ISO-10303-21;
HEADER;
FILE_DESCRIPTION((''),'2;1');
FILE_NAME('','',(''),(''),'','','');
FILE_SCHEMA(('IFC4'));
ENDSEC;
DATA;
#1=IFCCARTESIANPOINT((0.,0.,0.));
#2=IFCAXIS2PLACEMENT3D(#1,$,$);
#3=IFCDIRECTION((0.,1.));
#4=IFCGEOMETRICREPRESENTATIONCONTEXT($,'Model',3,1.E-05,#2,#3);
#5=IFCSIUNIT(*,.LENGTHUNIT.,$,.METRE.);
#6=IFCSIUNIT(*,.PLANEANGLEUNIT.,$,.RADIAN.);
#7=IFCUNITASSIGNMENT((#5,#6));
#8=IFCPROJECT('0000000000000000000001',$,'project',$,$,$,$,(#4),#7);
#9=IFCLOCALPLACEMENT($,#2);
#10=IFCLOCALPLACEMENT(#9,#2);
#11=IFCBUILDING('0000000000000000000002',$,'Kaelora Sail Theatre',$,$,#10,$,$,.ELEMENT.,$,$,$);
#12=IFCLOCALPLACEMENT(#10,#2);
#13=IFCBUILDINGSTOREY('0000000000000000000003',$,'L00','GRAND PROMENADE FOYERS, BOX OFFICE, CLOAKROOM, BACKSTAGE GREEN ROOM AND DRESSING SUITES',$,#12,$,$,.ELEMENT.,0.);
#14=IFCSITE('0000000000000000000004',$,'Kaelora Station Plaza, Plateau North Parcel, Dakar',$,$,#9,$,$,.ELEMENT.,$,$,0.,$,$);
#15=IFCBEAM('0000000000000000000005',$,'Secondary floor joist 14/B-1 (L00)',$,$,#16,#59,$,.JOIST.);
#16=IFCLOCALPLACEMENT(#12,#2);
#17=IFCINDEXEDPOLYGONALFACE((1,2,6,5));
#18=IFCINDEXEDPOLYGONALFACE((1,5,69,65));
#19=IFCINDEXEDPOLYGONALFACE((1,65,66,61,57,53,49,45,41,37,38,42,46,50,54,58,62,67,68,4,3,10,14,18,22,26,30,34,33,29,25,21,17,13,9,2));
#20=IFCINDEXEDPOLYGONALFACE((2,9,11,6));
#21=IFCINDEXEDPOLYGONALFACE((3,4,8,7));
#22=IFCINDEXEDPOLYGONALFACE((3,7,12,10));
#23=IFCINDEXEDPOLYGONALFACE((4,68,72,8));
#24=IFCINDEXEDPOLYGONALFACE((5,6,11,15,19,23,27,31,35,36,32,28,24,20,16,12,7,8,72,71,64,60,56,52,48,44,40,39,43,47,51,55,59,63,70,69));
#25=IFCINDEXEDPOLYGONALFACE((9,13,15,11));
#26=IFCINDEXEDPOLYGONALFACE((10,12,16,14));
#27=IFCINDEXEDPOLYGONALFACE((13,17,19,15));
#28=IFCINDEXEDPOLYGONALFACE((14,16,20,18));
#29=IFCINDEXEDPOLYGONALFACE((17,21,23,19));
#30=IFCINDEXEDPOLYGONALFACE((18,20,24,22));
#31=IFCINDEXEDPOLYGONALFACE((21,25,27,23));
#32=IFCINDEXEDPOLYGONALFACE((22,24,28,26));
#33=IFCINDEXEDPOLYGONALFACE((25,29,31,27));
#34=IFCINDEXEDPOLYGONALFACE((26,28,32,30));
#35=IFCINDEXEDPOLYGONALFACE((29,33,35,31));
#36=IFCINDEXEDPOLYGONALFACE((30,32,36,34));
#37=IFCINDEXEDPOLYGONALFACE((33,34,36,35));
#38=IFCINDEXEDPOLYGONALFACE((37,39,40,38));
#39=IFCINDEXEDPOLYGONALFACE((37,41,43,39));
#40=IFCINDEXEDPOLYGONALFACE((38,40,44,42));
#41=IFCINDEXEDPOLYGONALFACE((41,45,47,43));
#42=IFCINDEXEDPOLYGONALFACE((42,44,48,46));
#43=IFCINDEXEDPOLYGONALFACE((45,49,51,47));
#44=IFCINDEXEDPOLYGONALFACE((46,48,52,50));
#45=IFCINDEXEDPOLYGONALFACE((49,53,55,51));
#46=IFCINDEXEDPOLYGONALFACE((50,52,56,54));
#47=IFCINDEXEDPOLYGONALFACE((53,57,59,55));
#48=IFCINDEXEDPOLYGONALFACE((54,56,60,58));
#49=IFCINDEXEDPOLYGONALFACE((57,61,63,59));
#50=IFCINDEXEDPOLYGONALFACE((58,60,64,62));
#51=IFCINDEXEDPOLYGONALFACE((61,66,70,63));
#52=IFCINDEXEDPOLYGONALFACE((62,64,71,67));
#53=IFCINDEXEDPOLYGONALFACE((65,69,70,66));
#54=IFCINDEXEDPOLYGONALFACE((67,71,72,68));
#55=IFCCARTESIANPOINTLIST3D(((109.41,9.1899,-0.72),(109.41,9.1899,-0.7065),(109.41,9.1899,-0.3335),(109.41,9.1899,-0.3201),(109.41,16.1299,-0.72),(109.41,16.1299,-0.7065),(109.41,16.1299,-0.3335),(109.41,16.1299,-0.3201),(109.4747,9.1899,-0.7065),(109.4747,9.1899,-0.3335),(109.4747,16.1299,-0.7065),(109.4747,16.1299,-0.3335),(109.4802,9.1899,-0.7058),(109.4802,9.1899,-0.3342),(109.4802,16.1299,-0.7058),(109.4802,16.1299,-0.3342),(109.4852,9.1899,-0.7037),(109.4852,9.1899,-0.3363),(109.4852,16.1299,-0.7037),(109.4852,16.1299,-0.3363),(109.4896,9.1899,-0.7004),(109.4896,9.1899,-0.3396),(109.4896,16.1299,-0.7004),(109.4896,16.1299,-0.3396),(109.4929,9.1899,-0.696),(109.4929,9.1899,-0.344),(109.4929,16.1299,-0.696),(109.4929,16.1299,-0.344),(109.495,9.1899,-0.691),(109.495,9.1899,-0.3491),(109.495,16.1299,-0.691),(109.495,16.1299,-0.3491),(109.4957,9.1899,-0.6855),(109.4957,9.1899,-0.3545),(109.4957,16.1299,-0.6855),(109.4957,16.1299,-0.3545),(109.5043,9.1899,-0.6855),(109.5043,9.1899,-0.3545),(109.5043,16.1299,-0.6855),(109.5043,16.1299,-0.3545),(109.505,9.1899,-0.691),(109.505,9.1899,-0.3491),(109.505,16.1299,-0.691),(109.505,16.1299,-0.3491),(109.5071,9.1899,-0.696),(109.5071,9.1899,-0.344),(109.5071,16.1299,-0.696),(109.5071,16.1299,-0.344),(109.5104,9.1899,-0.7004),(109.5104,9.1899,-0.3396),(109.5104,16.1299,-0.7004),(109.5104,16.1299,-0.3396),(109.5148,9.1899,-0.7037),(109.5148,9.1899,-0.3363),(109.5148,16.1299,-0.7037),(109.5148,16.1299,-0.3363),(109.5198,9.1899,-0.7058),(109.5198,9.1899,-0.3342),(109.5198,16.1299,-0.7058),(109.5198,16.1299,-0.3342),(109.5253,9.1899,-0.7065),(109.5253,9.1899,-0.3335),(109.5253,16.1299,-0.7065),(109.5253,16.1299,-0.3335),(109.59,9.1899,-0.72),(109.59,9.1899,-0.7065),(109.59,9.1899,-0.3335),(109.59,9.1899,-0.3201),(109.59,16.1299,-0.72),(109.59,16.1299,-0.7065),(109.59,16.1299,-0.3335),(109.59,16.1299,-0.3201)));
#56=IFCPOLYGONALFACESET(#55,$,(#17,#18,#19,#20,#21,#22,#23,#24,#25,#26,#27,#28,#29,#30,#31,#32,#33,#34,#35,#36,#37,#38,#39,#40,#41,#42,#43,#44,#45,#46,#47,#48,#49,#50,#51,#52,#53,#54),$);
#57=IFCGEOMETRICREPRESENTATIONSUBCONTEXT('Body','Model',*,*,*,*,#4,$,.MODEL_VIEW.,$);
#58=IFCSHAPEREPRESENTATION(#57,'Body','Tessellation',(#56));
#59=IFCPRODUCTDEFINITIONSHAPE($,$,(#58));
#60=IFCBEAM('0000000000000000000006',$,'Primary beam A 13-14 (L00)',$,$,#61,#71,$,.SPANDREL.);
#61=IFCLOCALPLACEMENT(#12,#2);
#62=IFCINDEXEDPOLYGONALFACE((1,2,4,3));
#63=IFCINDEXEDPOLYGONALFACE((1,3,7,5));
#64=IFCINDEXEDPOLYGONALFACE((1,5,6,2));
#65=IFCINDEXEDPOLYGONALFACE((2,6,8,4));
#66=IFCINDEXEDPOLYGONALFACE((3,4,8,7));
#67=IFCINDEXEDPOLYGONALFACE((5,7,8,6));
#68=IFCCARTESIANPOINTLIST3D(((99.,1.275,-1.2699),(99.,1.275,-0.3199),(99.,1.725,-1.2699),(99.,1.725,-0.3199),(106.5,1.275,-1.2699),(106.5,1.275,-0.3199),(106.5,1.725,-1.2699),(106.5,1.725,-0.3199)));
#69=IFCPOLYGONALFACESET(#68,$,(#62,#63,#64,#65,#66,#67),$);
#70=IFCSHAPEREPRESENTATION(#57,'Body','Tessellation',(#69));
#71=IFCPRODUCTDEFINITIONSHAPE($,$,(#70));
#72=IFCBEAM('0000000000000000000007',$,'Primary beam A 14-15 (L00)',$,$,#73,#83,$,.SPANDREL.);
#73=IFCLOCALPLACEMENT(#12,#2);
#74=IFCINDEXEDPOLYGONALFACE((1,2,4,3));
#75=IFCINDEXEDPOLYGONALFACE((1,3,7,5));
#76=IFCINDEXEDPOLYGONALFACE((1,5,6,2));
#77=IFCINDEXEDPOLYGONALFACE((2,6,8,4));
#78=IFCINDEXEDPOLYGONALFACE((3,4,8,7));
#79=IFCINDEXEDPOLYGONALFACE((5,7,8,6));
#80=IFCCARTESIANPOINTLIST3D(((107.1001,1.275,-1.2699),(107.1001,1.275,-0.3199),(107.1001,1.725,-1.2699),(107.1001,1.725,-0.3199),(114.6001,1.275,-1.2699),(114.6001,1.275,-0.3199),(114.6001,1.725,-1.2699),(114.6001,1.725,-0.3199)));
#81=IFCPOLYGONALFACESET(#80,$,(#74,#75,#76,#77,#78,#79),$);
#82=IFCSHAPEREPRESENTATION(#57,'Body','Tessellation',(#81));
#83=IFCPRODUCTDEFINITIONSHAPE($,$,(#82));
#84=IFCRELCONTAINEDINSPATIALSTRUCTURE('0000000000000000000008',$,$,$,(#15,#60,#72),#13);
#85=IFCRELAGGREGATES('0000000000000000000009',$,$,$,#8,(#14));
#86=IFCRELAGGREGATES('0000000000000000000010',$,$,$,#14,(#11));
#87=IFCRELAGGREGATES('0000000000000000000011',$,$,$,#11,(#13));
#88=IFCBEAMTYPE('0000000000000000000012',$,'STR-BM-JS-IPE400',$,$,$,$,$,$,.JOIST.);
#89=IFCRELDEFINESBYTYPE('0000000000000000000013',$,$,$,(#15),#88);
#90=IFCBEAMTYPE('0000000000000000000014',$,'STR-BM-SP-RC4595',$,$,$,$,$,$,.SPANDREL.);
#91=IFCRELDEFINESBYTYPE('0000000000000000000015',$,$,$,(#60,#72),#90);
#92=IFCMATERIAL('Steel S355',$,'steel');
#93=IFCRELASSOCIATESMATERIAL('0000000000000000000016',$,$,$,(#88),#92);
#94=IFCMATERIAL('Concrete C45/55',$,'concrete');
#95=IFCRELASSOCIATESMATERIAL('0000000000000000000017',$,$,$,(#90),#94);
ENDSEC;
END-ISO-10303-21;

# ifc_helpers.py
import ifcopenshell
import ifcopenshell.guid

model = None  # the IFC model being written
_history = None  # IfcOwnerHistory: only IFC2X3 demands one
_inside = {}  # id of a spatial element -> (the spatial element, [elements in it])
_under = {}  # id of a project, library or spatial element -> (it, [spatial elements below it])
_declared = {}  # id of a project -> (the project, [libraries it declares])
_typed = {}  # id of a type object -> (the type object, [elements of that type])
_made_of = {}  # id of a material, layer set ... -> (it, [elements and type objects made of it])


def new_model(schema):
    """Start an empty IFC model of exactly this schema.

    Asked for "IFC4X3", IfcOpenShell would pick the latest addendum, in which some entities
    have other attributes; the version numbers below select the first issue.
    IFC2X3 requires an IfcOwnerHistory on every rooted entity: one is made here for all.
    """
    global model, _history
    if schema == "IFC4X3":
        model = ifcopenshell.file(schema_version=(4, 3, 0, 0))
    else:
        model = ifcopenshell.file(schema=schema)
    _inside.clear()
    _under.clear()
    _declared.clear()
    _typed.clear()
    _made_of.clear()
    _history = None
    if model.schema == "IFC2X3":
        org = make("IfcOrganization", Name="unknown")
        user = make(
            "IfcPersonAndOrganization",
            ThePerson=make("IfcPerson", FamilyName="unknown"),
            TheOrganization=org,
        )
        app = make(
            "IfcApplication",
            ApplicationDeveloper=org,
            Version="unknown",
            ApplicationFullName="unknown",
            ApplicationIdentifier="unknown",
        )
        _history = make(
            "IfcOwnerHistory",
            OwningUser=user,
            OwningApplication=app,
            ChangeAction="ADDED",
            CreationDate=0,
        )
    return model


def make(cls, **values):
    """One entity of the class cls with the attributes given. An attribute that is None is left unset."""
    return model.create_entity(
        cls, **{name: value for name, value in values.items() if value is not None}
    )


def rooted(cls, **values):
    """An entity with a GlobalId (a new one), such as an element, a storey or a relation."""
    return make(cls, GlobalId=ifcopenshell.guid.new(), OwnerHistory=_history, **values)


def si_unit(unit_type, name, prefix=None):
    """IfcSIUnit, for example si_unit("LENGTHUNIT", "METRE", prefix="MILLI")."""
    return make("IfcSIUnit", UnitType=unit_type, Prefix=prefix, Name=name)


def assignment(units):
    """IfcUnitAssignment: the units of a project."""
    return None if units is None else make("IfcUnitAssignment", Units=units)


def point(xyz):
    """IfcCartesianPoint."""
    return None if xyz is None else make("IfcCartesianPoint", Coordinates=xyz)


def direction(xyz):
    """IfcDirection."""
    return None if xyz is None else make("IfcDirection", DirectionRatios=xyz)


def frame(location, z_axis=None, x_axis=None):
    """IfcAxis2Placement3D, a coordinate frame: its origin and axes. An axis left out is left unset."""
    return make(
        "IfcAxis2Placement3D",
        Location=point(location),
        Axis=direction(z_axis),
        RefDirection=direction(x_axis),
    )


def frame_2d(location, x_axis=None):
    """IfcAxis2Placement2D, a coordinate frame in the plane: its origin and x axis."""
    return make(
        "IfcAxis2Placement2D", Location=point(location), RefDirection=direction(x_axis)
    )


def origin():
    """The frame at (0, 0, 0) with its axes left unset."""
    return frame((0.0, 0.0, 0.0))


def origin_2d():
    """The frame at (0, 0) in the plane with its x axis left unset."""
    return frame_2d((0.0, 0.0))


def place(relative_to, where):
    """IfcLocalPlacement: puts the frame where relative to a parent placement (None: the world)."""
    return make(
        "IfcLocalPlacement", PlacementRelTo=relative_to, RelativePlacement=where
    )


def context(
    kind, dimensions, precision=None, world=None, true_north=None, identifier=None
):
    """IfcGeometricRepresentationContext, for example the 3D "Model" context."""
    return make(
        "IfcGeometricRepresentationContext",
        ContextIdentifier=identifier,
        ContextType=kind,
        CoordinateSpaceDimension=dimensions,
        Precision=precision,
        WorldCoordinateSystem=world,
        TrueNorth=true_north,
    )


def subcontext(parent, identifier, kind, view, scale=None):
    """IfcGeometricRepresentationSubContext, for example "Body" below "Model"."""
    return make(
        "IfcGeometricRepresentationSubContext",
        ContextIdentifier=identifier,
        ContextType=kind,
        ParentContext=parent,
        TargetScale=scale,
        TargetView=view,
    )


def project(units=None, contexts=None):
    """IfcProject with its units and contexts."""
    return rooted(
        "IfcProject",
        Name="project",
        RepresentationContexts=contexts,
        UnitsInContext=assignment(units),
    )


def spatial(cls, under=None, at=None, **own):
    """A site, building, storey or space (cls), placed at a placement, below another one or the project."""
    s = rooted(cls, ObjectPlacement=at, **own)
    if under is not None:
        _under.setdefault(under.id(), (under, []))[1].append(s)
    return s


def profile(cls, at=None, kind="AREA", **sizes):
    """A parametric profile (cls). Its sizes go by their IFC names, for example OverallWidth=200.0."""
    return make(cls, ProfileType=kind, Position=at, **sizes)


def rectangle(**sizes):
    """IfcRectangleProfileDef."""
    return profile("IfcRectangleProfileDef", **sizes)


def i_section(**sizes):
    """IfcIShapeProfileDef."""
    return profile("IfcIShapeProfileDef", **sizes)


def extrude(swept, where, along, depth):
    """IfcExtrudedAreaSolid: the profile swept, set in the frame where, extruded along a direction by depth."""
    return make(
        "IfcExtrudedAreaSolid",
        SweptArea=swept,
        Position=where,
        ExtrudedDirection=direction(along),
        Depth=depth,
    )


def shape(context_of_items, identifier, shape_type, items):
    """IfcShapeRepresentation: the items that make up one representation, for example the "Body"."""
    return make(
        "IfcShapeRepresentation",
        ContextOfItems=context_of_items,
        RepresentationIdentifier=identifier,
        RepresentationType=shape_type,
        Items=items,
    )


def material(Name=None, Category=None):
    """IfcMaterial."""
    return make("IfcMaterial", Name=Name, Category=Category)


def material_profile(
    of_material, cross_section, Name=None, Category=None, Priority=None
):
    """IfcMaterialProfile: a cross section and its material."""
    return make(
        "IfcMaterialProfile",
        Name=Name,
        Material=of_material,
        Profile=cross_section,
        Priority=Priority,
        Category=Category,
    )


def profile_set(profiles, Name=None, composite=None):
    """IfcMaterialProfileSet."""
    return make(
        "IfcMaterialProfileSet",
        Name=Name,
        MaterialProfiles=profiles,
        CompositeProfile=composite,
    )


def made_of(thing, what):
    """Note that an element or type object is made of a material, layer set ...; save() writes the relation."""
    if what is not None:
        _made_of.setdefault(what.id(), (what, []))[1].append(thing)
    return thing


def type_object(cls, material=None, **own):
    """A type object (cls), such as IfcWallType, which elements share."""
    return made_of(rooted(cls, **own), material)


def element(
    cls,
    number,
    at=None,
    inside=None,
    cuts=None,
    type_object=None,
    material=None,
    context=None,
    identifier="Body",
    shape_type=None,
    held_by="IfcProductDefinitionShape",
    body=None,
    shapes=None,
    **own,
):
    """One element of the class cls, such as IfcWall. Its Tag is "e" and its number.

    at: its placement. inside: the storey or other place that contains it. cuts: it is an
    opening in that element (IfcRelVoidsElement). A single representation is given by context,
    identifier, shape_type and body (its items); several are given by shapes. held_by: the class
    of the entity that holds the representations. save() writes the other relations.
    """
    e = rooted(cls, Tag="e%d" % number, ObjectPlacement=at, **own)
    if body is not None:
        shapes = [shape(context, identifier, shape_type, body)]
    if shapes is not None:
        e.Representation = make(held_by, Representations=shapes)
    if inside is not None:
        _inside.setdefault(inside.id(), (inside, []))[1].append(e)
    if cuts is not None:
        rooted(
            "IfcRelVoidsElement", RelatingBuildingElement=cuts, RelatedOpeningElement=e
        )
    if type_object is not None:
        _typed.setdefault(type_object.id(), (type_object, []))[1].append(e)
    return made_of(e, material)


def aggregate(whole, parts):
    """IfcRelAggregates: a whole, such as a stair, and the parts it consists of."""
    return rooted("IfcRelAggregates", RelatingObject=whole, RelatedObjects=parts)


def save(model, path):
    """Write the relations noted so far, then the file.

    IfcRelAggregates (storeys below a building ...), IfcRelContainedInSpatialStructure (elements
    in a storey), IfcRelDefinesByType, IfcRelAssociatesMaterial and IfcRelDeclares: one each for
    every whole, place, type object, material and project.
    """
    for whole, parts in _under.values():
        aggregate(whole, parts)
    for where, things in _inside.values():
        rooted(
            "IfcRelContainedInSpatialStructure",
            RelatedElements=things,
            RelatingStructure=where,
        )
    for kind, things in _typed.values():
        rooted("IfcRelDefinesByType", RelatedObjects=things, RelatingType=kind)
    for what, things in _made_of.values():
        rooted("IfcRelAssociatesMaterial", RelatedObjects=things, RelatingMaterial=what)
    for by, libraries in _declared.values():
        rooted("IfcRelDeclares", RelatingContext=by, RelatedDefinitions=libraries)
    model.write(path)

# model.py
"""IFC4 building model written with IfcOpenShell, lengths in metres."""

from ifc_helpers import new_model, si_unit, direction, frame, origin, origin_2d, place, context, subcontext, project, spatial, rectangle, i_section, extrude, material, material_profile, profile_set, type_object, element, save


model = new_model("IFC4")

# Units and contexts
model_context = context("Model", 3, precision=1e-05, world=origin(), true_north=direction((0.0, 1.0)))
body_context = subcontext(model_context, "Body", "Model", "MODEL_VIEW")
ifc_project = project(units=[si_unit("LENGTHUNIT", "METRE"), si_unit("PLANEANGLEUNIT", "RADIAN")], contexts=[model_context])

# Site, building, storey
site_placement = place(None, origin())
site = spatial("IfcSite", under=ifc_project, at=site_placement, Name="Kaelora Station Plaza, Plateau North Parcel, Dakar", CompositionType="ELEMENT", RefElevation=0.0)
building_placement = place(site_placement, origin())
building = spatial("IfcBuilding", under=site, at=building_placement, Name="Kaelora Sail Theatre", CompositionType="ELEMENT")
storey_placement = place(building_placement, origin())
storey = spatial("IfcBuildingStorey", under=building, at=storey_placement, Name="L00", Description="GRAND PROMENADE FOYERS, BOX OFFICE, CLOAKROOM, BACKSTAGE GREEN ROOM AND DRESSING SUITES", CompositionType="ELEMENT", Elevation=0.0)

# Beams
ifc_material_1 = material(Name="Steel S355", Category="steel")
ifc_material_profile_1 = material_profile(ifc_material_1, i_section(OverallWidth=0.1799, OverallDepth=0.3999, WebThickness=0.0085, FlangeThickness=0.0134, FilletRadius=0.021, at=origin_2d()), Name="IPE 400")
ifc_profile_set_1 = profile_set([ifc_material_profile_1], Name="Steel S355")
beam_type_1 = type_object("IfcBeamType", Name="STR-BM-JS-IPE400", PredefinedType="JOIST", material=ifc_profile_set_1)
for number, where, z_axis, x_axis, name in (
    (1, (109.5, 9.1899, -0.52), (0.0, 1.0, 0.0), (-1.0, 0.0, 0.0), "Secondary floor joist 14/B-1 (L00)"),
):
    element("IfcBeam", number, at=place(storey_placement, frame(where, z_axis=z_axis, x_axis=x_axis)), inside=storey, type_object=beam_type_1, Name=name, PredefinedType="JOIST", context=body_context, shape_type="SweptSolid", body=[
        extrude(i_section(OverallWidth=0.1799, OverallDepth=0.3999, WebThickness=0.0085, FlangeThickness=0.0134, FilletRadius=0.021, at=origin_2d()), origin(), (0.0, 0.0, 1.0), 6.9399),
    ])
ifc_material_2 = material(Name="Concrete C45/55", Category="concrete")
ifc_material_profile_2 = material_profile(ifc_material_2, rectangle(XDim=0.45, YDim=0.95, at=origin_2d()), Name="RC-SPN 450x950")
ifc_profile_set_2 = profile_set([ifc_material_profile_2], Name="Concrete C45/55")
beam_type_2 = type_object("IfcBeamType", Name="STR-BM-SP-RC4595", PredefinedType="SPANDREL", material=ifc_profile_set_2)
for number, where, z_axis, x_axis, name in (
    (2, (99.0, 1.5, -0.7949), (1.0, 0.0, 0.0), (0.0, 1.0, 0.0), "Primary beam A 13-14 (L00)"),
    (3, (107.1001, 1.5, -0.7949), (1.0, 0.0, 0.0), (0.0, 1.0, 0.0), "Primary beam A 14-15 (L00)"),
):
    element("IfcBeam", number, at=place(storey_placement, frame(where, z_axis=z_axis, x_axis=x_axis)), inside=storey, type_object=beam_type_2, Name=name, PredefinedType="SPANDREL", context=body_context, shape_type="SweptSolid", body=[
        extrude(rectangle(XDim=0.45, YDim=0.95, at=origin_2d()), origin(), (0.0, 0.0, 1.0), 7.5),
    ])

save(model, "model.ifc")
